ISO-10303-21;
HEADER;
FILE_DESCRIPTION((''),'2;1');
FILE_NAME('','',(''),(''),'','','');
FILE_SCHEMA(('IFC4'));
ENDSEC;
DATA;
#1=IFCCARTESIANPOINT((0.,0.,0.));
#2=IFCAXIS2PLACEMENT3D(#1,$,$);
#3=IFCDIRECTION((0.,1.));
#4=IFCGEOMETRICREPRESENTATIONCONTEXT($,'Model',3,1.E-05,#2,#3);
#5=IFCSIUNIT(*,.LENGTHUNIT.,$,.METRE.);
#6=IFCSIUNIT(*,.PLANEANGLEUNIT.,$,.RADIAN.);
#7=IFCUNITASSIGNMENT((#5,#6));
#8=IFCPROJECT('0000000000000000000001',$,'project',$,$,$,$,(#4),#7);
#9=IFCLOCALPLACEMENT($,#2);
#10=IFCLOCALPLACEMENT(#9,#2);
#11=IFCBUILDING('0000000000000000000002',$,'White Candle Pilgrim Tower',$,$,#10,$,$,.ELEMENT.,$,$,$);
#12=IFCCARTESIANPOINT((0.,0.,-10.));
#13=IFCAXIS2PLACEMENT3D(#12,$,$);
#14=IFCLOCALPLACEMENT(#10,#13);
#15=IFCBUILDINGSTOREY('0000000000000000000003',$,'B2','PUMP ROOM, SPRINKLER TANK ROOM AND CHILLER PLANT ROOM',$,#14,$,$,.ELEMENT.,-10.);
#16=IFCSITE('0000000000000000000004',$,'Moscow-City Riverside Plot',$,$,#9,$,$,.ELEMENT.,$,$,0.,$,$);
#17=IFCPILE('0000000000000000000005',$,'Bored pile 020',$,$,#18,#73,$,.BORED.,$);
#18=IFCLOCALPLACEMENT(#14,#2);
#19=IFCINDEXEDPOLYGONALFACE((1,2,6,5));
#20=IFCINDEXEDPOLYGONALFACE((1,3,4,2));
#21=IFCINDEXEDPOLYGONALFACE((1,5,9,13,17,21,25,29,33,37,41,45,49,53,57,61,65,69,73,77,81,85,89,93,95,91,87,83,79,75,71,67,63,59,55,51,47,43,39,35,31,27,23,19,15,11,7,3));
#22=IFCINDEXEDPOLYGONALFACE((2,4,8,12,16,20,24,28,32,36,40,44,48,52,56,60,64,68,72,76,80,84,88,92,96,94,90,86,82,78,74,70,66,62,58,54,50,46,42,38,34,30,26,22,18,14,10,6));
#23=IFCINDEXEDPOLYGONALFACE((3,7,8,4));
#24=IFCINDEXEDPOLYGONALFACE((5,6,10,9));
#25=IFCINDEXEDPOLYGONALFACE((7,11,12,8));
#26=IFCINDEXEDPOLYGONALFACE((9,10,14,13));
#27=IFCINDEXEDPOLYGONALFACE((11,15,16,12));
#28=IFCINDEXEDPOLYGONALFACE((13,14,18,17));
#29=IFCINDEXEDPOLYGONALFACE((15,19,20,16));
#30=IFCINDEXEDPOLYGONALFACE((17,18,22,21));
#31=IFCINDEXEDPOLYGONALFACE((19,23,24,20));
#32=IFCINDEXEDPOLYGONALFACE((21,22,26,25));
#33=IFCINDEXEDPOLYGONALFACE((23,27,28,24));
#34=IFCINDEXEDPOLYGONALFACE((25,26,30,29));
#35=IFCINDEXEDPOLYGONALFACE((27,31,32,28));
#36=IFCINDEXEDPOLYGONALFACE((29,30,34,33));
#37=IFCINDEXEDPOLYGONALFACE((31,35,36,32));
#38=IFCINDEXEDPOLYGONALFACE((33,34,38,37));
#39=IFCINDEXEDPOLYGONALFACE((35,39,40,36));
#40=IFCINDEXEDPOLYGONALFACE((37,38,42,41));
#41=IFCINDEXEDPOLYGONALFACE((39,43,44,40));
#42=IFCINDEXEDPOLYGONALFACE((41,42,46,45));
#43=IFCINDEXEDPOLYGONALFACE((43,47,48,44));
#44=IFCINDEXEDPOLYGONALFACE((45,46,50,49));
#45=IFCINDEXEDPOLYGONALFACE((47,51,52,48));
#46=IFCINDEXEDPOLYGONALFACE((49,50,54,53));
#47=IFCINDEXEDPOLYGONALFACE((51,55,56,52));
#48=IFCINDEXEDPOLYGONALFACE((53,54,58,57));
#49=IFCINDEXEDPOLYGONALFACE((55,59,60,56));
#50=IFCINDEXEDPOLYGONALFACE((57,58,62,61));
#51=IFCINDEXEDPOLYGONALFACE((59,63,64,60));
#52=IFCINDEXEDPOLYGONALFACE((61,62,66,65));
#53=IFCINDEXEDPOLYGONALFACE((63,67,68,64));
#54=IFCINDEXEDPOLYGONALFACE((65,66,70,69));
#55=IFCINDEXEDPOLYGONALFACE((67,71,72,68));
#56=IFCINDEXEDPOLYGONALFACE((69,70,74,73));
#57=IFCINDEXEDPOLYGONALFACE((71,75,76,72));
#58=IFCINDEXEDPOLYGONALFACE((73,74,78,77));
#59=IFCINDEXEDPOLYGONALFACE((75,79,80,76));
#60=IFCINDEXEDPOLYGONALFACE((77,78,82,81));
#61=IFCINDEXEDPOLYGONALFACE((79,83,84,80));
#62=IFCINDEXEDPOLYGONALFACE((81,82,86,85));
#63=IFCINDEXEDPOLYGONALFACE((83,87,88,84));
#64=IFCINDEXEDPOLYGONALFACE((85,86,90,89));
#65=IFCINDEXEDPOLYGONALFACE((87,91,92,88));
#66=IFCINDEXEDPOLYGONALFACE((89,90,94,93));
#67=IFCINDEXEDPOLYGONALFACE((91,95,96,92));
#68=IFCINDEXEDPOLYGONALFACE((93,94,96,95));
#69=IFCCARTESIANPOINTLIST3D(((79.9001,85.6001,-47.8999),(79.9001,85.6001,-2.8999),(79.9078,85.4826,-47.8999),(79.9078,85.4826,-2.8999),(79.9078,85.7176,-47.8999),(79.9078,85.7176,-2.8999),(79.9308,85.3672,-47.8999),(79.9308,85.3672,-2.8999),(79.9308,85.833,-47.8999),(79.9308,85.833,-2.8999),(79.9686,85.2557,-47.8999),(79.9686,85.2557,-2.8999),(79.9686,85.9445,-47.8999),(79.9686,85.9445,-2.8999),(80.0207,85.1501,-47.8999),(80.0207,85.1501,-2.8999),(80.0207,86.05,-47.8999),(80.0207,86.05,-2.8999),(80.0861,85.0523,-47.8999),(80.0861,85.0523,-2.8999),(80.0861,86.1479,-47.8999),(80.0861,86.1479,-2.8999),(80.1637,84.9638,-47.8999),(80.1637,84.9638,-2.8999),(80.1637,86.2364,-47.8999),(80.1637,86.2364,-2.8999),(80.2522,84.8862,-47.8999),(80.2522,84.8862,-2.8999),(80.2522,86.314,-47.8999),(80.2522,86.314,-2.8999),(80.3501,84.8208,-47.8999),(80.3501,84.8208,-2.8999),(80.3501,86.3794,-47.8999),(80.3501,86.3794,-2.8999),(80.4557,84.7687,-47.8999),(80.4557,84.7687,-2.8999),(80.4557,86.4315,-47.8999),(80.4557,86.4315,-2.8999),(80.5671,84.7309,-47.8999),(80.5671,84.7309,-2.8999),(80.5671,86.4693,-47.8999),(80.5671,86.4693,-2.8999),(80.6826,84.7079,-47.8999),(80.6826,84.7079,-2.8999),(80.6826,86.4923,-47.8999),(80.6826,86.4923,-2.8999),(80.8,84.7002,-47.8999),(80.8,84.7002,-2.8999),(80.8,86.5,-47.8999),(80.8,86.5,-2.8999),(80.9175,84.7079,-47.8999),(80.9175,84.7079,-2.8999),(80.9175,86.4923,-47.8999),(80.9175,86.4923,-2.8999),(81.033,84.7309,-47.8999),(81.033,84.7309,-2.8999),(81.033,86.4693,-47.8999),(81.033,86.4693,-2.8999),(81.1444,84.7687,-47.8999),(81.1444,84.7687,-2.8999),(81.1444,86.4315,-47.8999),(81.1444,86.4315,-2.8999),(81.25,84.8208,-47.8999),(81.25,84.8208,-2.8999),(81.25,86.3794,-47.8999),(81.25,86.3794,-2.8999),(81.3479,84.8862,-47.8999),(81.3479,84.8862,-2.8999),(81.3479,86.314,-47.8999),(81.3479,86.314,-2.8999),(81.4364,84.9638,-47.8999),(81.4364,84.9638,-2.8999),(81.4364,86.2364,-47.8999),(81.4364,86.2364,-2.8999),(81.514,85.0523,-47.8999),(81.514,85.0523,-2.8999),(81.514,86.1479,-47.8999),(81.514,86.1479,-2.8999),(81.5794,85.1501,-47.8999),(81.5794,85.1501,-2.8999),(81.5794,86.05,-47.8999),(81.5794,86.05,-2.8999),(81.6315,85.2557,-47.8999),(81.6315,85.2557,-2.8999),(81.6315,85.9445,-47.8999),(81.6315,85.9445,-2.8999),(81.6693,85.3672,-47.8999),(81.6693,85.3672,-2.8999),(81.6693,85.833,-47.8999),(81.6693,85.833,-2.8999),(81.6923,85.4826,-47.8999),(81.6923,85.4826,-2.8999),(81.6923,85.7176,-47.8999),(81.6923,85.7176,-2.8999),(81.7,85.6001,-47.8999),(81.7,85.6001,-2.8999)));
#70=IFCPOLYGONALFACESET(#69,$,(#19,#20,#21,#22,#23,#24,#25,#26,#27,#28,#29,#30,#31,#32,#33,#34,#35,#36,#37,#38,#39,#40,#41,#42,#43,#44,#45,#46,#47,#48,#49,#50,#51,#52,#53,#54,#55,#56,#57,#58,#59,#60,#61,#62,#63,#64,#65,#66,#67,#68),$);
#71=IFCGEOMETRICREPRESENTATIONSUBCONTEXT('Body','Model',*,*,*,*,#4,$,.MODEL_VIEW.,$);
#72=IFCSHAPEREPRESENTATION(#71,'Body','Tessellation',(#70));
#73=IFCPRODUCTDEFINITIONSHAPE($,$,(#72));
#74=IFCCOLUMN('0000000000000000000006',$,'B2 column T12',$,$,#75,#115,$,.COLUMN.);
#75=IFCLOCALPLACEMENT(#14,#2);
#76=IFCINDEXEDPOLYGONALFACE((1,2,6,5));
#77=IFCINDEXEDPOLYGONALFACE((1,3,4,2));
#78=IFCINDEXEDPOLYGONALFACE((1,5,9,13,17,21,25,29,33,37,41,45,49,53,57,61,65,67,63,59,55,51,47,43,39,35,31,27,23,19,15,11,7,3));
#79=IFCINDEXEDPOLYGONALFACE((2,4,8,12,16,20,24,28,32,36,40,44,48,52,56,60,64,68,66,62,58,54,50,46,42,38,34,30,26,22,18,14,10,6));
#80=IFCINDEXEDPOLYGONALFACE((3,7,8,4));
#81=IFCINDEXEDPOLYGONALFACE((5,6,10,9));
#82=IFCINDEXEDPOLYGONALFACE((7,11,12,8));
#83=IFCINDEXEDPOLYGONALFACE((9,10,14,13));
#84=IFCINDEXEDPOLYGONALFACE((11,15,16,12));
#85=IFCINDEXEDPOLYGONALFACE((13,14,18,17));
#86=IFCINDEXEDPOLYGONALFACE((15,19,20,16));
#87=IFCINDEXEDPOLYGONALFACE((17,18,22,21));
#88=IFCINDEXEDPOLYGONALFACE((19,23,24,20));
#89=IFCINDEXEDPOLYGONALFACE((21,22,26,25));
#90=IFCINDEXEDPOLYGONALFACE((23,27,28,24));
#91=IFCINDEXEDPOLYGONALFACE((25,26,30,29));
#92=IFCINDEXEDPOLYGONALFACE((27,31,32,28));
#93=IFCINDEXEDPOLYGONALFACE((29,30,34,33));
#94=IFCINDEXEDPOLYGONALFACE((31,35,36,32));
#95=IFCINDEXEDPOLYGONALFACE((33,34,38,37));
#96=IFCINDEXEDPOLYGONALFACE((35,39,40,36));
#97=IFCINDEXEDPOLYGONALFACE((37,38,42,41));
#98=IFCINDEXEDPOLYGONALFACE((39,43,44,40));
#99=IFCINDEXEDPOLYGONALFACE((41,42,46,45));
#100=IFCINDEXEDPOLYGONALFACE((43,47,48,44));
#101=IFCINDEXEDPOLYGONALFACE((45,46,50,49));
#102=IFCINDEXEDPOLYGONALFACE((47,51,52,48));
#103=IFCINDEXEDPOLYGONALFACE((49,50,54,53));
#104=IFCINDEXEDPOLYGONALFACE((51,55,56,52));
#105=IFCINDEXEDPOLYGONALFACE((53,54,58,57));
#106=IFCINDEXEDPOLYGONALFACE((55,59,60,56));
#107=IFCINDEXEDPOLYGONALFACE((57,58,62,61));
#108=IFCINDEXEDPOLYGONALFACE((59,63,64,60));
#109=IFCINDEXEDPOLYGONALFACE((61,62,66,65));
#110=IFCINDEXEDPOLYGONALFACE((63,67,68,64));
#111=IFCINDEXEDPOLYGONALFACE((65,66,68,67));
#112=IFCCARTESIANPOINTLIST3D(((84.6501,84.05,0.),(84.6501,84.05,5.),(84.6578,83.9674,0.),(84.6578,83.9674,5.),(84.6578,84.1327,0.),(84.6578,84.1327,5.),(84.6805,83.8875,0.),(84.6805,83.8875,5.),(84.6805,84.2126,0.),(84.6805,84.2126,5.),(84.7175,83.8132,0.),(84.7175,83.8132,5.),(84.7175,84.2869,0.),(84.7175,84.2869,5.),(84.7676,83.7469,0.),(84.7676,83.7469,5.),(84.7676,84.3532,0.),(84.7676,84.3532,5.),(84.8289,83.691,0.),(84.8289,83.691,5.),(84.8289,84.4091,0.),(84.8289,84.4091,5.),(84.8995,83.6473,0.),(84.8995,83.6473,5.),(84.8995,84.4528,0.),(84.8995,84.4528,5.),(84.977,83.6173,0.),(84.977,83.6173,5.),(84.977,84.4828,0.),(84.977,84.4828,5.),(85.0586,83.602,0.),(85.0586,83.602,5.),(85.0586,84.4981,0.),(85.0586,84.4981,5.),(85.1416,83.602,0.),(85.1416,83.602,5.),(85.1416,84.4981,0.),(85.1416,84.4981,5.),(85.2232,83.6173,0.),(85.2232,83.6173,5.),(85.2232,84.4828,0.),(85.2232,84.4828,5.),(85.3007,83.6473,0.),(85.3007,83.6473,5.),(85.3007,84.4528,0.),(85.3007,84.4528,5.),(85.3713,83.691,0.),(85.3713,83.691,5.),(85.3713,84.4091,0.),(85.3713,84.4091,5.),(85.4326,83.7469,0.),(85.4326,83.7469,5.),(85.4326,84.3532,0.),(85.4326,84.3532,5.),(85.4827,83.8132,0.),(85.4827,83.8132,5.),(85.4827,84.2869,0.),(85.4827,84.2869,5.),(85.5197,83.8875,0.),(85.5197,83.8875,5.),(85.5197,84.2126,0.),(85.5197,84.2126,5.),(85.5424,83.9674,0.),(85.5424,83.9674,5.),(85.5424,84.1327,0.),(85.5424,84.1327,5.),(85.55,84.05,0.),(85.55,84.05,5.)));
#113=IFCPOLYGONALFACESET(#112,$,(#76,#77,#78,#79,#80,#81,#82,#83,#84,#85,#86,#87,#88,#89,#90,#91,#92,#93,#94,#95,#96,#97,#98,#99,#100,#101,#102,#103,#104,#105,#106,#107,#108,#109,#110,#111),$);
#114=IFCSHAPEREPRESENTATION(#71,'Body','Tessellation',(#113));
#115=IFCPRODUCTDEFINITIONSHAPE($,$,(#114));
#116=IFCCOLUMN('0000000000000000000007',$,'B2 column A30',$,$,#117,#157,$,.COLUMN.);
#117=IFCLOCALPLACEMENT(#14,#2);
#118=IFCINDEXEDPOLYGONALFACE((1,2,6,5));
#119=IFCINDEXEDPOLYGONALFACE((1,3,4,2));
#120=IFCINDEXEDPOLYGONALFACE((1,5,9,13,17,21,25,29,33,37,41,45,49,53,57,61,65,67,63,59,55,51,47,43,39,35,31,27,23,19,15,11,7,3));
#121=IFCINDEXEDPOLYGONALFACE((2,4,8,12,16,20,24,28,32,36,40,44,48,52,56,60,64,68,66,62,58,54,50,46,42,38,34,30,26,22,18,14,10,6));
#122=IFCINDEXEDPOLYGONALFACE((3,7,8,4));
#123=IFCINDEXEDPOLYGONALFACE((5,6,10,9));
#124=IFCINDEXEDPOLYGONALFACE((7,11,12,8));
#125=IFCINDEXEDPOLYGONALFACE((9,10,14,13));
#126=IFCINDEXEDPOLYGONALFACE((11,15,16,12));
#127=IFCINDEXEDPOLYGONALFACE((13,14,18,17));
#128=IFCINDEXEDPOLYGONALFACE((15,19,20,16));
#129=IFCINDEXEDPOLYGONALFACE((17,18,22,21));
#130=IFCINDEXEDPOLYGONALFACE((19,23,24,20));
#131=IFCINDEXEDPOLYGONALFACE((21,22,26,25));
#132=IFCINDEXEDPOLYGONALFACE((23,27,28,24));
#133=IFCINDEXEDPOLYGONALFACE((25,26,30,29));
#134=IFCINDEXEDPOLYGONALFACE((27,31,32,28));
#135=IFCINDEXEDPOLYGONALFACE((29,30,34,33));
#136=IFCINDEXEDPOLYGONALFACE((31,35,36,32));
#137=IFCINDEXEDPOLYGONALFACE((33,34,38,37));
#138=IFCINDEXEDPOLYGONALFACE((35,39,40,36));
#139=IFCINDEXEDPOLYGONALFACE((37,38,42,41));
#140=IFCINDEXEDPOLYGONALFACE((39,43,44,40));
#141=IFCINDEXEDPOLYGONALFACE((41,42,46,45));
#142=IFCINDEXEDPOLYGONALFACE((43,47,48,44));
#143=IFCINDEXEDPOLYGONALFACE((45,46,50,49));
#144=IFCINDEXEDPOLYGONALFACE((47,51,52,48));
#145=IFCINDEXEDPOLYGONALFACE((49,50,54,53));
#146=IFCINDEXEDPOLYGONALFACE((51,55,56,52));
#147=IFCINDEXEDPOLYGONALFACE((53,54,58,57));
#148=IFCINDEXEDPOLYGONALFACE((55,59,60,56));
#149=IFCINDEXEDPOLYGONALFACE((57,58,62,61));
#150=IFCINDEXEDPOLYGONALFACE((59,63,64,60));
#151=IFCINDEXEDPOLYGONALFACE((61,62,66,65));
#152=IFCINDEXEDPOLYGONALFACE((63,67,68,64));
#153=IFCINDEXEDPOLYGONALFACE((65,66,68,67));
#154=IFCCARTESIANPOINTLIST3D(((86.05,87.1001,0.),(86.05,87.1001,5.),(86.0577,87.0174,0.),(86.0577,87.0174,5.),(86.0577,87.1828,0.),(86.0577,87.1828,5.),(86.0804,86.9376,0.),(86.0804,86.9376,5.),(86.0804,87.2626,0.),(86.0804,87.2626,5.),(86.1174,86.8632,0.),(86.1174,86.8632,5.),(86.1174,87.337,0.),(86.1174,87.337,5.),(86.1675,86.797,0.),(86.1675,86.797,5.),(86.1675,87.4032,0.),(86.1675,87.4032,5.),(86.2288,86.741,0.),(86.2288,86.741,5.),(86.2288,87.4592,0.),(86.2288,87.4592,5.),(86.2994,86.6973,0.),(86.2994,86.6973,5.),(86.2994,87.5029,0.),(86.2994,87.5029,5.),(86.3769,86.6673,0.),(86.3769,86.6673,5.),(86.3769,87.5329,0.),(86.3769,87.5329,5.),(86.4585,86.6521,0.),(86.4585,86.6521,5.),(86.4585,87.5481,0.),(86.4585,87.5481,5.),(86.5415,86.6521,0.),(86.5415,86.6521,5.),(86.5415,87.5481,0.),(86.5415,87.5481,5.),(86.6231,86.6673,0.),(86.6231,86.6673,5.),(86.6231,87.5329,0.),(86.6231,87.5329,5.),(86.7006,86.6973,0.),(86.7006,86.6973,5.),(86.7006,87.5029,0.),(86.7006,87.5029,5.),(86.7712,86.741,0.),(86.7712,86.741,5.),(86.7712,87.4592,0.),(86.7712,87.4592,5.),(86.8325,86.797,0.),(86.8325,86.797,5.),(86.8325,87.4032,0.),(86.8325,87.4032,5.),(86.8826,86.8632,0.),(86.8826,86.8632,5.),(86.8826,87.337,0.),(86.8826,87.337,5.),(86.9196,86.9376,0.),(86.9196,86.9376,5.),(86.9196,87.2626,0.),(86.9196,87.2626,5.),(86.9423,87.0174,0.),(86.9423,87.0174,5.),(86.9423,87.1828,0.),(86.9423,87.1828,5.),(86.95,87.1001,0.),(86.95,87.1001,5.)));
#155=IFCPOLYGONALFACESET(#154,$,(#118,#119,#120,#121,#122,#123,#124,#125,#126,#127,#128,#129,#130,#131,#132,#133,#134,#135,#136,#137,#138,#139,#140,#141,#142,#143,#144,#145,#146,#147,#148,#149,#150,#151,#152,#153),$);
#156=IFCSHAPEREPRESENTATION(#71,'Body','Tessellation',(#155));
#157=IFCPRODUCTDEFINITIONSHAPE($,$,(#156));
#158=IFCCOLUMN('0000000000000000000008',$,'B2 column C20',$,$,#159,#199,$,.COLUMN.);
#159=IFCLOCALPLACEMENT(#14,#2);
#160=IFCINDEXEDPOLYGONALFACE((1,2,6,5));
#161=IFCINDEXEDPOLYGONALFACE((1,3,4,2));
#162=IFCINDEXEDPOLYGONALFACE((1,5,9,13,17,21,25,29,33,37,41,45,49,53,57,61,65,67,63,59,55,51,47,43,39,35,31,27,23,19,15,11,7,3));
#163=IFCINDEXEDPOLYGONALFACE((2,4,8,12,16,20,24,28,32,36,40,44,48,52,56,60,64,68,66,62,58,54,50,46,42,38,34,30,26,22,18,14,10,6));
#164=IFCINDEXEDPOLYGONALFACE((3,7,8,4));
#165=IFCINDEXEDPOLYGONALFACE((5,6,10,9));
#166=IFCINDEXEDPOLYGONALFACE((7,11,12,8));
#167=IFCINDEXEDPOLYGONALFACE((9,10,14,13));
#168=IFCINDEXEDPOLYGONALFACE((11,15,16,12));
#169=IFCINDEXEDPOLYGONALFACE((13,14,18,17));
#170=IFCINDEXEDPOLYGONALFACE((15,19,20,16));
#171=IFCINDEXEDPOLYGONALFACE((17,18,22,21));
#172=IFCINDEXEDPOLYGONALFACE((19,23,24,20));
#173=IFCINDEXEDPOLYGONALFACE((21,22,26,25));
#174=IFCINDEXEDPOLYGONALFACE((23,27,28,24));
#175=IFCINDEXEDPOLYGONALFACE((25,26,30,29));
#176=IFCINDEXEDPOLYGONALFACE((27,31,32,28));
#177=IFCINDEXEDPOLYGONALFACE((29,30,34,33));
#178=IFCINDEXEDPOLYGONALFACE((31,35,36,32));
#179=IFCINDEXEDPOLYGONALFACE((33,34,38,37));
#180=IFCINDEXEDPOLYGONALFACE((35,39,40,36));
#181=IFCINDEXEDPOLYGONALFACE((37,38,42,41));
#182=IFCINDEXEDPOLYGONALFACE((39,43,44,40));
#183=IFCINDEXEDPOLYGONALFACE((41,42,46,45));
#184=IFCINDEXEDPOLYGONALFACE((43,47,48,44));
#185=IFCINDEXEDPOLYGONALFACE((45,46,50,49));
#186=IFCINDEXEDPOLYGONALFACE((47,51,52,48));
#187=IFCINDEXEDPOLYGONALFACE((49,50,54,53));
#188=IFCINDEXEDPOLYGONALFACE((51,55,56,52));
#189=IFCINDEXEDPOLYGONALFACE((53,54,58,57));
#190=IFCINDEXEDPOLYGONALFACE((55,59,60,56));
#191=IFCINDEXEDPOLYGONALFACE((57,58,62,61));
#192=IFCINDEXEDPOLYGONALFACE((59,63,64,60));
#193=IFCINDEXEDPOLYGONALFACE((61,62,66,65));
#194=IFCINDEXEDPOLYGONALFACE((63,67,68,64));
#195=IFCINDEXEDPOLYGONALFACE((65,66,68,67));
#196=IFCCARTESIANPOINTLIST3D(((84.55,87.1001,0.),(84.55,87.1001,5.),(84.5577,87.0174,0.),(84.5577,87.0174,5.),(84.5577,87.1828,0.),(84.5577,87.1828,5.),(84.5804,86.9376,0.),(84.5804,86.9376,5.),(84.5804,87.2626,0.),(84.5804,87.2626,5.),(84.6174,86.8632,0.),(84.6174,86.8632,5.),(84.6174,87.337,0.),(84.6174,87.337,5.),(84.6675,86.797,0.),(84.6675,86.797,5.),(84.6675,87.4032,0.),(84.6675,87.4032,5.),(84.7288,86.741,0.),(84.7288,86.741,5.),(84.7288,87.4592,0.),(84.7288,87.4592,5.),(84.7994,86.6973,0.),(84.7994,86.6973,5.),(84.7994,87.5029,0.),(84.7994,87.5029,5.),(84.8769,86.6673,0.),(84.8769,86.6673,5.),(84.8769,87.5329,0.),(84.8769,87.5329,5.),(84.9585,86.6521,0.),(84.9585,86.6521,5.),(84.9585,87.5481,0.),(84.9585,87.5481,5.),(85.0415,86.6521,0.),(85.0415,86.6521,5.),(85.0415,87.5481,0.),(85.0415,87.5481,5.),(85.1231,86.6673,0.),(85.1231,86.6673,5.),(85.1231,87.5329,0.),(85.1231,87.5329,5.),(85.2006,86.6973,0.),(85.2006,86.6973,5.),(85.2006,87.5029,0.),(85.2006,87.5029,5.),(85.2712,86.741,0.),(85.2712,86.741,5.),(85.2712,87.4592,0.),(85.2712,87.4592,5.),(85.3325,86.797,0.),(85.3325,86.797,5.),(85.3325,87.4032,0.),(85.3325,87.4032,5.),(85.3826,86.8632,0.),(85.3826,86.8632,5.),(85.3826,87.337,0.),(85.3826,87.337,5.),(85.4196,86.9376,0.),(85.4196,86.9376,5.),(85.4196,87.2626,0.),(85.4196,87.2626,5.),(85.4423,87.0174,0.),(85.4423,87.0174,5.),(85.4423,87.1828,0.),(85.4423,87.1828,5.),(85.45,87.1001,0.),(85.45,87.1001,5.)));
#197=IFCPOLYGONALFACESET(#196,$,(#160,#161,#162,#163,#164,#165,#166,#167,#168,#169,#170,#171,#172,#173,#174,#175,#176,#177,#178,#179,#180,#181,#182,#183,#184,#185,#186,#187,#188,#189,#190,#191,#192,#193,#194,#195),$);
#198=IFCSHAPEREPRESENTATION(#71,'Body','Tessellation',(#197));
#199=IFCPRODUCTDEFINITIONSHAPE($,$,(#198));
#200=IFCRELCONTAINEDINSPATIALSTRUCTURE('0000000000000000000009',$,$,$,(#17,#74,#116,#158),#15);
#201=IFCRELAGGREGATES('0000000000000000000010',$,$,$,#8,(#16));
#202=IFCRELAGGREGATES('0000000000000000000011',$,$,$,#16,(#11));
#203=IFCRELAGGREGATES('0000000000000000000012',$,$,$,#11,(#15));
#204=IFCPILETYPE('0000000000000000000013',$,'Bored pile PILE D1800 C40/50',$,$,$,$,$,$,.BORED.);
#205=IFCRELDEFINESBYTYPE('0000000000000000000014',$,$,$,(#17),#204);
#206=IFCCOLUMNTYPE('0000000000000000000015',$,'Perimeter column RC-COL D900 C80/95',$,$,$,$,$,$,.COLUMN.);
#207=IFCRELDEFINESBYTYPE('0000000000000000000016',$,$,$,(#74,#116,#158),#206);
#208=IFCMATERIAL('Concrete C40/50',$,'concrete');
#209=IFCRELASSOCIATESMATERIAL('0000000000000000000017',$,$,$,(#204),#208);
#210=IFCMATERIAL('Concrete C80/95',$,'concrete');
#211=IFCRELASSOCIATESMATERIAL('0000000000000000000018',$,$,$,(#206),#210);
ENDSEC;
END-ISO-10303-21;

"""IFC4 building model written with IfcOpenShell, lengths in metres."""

from ifc_helpers import new_model, si_unit, direction, frame, origin, origin_2d, place, context, subcontext, project, spatial, circle, extrude, material, material_profile, profile_set, type_object, element, save


model = new_model("IFC4")

# Units and contexts
model_context = context("Model", 3, precision=1e-05, world=origin(), true_north=direction((0.0, 1.0)))
body_context = subcontext(model_context, "Body", "Model", "MODEL_VIEW")
ifc_project = project(units=[si_unit("LENGTHUNIT", "METRE"), si_unit("PLANEANGLEUNIT", "RADIAN")], contexts=[model_context])

# Site, building, storey
site_placement = place(None, origin())
site = spatial("IfcSite", under=ifc_project, at=site_placement, Name="Moscow-City Riverside Plot", CompositionType="ELEMENT", RefElevation=0.0)
building_placement = place(site_placement, origin())
building = spatial("IfcBuilding", under=site, at=building_placement, Name="White Candle Pilgrim Tower", CompositionType="ELEMENT")
storey_placement = place(building_placement, frame((0.0, 0.0, -10.0)))
storey = spatial("IfcBuildingStorey", under=building, at=storey_placement, Name="B2", Description="PUMP ROOM, SPRINKLER TANK ROOM AND CHILLER PLANT ROOM", CompositionType="ELEMENT", Elevation=-10.0)

# Pile
ifc_material_1 = material(Name="Concrete C40/50", Category="concrete")
ifc_material_profile_1 = material_profile(ifc_material_1, circle(Radius=0.8999, at=origin_2d()), Name="PILE D1800")
ifc_profile_set_1 = profile_set([ifc_material_profile_1], Name="Concrete C40/50")
pile_type = type_object("IfcPileType", Name="Bored pile PILE D1800 C40/50", PredefinedType="BORED", material=ifc_profile_set_1)
for number, where, z_axis, x_axis, name in (
    (1, (80.8, 85.6001, -2.8999), (0.0, 0.0, -1.0), (1.0, 0.0, 0.0), "Bored pile 020"),
):
    element("IfcPile", number, at=place(storey_placement, frame(where, z_axis=z_axis, x_axis=x_axis)), inside=storey, type_object=pile_type, Name=name, PredefinedType="BORED", context=body_context, shape_type="SweptSolid", body=[
        extrude(circle(Radius=0.8999, at=origin_2d()), origin(), (0.0, 0.0, 1.0), 45.0),
    ])

# Columns
ifc_material_2 = material(Name="Concrete C80/95", Category="concrete")
ifc_material_profile_2 = material_profile(ifc_material_2, circle(Radius=0.45, at=origin_2d()), Name="RC-COL D900")
ifc_profile_set_2 = profile_set([ifc_material_profile_2], Name="Concrete C80/95")
column_type = type_object("IfcColumnType", Name="Perimeter column RC-COL D900 C80/95", PredefinedType="COLUMN", material=ifc_profile_set_2)
for number, where, z_axis, x_axis, name in (
    (2, (85.1001, 84.05, 0.0), (0.0, 0.0, 1.0), (1.0, 0.0, 0.0), "B2 column T12"),
    (3, (86.5, 87.1001, 0.0), (0.0, 0.0, 1.0), (1.0, 0.0, 0.0), "B2 column A30"),
    (4, (85.0, 87.1001, 0.0), (0.0, 0.0, 1.0), (1.0, 0.0, 0.0), "B2 column C20"),
):
    element("IfcColumn", number, at=place(storey_placement, frame(where, z_axis=z_axis, x_axis=x_axis)), inside=storey, type_object=column_type, Name=name, PredefinedType="COLUMN", context=body_context, shape_type="SweptSolid", body=[
        extrude(circle(Radius=0.45, at=origin_2d()), origin(), (0.0, 0.0, 1.0), 5.0),
    ])

save(model, "model.ifc")
